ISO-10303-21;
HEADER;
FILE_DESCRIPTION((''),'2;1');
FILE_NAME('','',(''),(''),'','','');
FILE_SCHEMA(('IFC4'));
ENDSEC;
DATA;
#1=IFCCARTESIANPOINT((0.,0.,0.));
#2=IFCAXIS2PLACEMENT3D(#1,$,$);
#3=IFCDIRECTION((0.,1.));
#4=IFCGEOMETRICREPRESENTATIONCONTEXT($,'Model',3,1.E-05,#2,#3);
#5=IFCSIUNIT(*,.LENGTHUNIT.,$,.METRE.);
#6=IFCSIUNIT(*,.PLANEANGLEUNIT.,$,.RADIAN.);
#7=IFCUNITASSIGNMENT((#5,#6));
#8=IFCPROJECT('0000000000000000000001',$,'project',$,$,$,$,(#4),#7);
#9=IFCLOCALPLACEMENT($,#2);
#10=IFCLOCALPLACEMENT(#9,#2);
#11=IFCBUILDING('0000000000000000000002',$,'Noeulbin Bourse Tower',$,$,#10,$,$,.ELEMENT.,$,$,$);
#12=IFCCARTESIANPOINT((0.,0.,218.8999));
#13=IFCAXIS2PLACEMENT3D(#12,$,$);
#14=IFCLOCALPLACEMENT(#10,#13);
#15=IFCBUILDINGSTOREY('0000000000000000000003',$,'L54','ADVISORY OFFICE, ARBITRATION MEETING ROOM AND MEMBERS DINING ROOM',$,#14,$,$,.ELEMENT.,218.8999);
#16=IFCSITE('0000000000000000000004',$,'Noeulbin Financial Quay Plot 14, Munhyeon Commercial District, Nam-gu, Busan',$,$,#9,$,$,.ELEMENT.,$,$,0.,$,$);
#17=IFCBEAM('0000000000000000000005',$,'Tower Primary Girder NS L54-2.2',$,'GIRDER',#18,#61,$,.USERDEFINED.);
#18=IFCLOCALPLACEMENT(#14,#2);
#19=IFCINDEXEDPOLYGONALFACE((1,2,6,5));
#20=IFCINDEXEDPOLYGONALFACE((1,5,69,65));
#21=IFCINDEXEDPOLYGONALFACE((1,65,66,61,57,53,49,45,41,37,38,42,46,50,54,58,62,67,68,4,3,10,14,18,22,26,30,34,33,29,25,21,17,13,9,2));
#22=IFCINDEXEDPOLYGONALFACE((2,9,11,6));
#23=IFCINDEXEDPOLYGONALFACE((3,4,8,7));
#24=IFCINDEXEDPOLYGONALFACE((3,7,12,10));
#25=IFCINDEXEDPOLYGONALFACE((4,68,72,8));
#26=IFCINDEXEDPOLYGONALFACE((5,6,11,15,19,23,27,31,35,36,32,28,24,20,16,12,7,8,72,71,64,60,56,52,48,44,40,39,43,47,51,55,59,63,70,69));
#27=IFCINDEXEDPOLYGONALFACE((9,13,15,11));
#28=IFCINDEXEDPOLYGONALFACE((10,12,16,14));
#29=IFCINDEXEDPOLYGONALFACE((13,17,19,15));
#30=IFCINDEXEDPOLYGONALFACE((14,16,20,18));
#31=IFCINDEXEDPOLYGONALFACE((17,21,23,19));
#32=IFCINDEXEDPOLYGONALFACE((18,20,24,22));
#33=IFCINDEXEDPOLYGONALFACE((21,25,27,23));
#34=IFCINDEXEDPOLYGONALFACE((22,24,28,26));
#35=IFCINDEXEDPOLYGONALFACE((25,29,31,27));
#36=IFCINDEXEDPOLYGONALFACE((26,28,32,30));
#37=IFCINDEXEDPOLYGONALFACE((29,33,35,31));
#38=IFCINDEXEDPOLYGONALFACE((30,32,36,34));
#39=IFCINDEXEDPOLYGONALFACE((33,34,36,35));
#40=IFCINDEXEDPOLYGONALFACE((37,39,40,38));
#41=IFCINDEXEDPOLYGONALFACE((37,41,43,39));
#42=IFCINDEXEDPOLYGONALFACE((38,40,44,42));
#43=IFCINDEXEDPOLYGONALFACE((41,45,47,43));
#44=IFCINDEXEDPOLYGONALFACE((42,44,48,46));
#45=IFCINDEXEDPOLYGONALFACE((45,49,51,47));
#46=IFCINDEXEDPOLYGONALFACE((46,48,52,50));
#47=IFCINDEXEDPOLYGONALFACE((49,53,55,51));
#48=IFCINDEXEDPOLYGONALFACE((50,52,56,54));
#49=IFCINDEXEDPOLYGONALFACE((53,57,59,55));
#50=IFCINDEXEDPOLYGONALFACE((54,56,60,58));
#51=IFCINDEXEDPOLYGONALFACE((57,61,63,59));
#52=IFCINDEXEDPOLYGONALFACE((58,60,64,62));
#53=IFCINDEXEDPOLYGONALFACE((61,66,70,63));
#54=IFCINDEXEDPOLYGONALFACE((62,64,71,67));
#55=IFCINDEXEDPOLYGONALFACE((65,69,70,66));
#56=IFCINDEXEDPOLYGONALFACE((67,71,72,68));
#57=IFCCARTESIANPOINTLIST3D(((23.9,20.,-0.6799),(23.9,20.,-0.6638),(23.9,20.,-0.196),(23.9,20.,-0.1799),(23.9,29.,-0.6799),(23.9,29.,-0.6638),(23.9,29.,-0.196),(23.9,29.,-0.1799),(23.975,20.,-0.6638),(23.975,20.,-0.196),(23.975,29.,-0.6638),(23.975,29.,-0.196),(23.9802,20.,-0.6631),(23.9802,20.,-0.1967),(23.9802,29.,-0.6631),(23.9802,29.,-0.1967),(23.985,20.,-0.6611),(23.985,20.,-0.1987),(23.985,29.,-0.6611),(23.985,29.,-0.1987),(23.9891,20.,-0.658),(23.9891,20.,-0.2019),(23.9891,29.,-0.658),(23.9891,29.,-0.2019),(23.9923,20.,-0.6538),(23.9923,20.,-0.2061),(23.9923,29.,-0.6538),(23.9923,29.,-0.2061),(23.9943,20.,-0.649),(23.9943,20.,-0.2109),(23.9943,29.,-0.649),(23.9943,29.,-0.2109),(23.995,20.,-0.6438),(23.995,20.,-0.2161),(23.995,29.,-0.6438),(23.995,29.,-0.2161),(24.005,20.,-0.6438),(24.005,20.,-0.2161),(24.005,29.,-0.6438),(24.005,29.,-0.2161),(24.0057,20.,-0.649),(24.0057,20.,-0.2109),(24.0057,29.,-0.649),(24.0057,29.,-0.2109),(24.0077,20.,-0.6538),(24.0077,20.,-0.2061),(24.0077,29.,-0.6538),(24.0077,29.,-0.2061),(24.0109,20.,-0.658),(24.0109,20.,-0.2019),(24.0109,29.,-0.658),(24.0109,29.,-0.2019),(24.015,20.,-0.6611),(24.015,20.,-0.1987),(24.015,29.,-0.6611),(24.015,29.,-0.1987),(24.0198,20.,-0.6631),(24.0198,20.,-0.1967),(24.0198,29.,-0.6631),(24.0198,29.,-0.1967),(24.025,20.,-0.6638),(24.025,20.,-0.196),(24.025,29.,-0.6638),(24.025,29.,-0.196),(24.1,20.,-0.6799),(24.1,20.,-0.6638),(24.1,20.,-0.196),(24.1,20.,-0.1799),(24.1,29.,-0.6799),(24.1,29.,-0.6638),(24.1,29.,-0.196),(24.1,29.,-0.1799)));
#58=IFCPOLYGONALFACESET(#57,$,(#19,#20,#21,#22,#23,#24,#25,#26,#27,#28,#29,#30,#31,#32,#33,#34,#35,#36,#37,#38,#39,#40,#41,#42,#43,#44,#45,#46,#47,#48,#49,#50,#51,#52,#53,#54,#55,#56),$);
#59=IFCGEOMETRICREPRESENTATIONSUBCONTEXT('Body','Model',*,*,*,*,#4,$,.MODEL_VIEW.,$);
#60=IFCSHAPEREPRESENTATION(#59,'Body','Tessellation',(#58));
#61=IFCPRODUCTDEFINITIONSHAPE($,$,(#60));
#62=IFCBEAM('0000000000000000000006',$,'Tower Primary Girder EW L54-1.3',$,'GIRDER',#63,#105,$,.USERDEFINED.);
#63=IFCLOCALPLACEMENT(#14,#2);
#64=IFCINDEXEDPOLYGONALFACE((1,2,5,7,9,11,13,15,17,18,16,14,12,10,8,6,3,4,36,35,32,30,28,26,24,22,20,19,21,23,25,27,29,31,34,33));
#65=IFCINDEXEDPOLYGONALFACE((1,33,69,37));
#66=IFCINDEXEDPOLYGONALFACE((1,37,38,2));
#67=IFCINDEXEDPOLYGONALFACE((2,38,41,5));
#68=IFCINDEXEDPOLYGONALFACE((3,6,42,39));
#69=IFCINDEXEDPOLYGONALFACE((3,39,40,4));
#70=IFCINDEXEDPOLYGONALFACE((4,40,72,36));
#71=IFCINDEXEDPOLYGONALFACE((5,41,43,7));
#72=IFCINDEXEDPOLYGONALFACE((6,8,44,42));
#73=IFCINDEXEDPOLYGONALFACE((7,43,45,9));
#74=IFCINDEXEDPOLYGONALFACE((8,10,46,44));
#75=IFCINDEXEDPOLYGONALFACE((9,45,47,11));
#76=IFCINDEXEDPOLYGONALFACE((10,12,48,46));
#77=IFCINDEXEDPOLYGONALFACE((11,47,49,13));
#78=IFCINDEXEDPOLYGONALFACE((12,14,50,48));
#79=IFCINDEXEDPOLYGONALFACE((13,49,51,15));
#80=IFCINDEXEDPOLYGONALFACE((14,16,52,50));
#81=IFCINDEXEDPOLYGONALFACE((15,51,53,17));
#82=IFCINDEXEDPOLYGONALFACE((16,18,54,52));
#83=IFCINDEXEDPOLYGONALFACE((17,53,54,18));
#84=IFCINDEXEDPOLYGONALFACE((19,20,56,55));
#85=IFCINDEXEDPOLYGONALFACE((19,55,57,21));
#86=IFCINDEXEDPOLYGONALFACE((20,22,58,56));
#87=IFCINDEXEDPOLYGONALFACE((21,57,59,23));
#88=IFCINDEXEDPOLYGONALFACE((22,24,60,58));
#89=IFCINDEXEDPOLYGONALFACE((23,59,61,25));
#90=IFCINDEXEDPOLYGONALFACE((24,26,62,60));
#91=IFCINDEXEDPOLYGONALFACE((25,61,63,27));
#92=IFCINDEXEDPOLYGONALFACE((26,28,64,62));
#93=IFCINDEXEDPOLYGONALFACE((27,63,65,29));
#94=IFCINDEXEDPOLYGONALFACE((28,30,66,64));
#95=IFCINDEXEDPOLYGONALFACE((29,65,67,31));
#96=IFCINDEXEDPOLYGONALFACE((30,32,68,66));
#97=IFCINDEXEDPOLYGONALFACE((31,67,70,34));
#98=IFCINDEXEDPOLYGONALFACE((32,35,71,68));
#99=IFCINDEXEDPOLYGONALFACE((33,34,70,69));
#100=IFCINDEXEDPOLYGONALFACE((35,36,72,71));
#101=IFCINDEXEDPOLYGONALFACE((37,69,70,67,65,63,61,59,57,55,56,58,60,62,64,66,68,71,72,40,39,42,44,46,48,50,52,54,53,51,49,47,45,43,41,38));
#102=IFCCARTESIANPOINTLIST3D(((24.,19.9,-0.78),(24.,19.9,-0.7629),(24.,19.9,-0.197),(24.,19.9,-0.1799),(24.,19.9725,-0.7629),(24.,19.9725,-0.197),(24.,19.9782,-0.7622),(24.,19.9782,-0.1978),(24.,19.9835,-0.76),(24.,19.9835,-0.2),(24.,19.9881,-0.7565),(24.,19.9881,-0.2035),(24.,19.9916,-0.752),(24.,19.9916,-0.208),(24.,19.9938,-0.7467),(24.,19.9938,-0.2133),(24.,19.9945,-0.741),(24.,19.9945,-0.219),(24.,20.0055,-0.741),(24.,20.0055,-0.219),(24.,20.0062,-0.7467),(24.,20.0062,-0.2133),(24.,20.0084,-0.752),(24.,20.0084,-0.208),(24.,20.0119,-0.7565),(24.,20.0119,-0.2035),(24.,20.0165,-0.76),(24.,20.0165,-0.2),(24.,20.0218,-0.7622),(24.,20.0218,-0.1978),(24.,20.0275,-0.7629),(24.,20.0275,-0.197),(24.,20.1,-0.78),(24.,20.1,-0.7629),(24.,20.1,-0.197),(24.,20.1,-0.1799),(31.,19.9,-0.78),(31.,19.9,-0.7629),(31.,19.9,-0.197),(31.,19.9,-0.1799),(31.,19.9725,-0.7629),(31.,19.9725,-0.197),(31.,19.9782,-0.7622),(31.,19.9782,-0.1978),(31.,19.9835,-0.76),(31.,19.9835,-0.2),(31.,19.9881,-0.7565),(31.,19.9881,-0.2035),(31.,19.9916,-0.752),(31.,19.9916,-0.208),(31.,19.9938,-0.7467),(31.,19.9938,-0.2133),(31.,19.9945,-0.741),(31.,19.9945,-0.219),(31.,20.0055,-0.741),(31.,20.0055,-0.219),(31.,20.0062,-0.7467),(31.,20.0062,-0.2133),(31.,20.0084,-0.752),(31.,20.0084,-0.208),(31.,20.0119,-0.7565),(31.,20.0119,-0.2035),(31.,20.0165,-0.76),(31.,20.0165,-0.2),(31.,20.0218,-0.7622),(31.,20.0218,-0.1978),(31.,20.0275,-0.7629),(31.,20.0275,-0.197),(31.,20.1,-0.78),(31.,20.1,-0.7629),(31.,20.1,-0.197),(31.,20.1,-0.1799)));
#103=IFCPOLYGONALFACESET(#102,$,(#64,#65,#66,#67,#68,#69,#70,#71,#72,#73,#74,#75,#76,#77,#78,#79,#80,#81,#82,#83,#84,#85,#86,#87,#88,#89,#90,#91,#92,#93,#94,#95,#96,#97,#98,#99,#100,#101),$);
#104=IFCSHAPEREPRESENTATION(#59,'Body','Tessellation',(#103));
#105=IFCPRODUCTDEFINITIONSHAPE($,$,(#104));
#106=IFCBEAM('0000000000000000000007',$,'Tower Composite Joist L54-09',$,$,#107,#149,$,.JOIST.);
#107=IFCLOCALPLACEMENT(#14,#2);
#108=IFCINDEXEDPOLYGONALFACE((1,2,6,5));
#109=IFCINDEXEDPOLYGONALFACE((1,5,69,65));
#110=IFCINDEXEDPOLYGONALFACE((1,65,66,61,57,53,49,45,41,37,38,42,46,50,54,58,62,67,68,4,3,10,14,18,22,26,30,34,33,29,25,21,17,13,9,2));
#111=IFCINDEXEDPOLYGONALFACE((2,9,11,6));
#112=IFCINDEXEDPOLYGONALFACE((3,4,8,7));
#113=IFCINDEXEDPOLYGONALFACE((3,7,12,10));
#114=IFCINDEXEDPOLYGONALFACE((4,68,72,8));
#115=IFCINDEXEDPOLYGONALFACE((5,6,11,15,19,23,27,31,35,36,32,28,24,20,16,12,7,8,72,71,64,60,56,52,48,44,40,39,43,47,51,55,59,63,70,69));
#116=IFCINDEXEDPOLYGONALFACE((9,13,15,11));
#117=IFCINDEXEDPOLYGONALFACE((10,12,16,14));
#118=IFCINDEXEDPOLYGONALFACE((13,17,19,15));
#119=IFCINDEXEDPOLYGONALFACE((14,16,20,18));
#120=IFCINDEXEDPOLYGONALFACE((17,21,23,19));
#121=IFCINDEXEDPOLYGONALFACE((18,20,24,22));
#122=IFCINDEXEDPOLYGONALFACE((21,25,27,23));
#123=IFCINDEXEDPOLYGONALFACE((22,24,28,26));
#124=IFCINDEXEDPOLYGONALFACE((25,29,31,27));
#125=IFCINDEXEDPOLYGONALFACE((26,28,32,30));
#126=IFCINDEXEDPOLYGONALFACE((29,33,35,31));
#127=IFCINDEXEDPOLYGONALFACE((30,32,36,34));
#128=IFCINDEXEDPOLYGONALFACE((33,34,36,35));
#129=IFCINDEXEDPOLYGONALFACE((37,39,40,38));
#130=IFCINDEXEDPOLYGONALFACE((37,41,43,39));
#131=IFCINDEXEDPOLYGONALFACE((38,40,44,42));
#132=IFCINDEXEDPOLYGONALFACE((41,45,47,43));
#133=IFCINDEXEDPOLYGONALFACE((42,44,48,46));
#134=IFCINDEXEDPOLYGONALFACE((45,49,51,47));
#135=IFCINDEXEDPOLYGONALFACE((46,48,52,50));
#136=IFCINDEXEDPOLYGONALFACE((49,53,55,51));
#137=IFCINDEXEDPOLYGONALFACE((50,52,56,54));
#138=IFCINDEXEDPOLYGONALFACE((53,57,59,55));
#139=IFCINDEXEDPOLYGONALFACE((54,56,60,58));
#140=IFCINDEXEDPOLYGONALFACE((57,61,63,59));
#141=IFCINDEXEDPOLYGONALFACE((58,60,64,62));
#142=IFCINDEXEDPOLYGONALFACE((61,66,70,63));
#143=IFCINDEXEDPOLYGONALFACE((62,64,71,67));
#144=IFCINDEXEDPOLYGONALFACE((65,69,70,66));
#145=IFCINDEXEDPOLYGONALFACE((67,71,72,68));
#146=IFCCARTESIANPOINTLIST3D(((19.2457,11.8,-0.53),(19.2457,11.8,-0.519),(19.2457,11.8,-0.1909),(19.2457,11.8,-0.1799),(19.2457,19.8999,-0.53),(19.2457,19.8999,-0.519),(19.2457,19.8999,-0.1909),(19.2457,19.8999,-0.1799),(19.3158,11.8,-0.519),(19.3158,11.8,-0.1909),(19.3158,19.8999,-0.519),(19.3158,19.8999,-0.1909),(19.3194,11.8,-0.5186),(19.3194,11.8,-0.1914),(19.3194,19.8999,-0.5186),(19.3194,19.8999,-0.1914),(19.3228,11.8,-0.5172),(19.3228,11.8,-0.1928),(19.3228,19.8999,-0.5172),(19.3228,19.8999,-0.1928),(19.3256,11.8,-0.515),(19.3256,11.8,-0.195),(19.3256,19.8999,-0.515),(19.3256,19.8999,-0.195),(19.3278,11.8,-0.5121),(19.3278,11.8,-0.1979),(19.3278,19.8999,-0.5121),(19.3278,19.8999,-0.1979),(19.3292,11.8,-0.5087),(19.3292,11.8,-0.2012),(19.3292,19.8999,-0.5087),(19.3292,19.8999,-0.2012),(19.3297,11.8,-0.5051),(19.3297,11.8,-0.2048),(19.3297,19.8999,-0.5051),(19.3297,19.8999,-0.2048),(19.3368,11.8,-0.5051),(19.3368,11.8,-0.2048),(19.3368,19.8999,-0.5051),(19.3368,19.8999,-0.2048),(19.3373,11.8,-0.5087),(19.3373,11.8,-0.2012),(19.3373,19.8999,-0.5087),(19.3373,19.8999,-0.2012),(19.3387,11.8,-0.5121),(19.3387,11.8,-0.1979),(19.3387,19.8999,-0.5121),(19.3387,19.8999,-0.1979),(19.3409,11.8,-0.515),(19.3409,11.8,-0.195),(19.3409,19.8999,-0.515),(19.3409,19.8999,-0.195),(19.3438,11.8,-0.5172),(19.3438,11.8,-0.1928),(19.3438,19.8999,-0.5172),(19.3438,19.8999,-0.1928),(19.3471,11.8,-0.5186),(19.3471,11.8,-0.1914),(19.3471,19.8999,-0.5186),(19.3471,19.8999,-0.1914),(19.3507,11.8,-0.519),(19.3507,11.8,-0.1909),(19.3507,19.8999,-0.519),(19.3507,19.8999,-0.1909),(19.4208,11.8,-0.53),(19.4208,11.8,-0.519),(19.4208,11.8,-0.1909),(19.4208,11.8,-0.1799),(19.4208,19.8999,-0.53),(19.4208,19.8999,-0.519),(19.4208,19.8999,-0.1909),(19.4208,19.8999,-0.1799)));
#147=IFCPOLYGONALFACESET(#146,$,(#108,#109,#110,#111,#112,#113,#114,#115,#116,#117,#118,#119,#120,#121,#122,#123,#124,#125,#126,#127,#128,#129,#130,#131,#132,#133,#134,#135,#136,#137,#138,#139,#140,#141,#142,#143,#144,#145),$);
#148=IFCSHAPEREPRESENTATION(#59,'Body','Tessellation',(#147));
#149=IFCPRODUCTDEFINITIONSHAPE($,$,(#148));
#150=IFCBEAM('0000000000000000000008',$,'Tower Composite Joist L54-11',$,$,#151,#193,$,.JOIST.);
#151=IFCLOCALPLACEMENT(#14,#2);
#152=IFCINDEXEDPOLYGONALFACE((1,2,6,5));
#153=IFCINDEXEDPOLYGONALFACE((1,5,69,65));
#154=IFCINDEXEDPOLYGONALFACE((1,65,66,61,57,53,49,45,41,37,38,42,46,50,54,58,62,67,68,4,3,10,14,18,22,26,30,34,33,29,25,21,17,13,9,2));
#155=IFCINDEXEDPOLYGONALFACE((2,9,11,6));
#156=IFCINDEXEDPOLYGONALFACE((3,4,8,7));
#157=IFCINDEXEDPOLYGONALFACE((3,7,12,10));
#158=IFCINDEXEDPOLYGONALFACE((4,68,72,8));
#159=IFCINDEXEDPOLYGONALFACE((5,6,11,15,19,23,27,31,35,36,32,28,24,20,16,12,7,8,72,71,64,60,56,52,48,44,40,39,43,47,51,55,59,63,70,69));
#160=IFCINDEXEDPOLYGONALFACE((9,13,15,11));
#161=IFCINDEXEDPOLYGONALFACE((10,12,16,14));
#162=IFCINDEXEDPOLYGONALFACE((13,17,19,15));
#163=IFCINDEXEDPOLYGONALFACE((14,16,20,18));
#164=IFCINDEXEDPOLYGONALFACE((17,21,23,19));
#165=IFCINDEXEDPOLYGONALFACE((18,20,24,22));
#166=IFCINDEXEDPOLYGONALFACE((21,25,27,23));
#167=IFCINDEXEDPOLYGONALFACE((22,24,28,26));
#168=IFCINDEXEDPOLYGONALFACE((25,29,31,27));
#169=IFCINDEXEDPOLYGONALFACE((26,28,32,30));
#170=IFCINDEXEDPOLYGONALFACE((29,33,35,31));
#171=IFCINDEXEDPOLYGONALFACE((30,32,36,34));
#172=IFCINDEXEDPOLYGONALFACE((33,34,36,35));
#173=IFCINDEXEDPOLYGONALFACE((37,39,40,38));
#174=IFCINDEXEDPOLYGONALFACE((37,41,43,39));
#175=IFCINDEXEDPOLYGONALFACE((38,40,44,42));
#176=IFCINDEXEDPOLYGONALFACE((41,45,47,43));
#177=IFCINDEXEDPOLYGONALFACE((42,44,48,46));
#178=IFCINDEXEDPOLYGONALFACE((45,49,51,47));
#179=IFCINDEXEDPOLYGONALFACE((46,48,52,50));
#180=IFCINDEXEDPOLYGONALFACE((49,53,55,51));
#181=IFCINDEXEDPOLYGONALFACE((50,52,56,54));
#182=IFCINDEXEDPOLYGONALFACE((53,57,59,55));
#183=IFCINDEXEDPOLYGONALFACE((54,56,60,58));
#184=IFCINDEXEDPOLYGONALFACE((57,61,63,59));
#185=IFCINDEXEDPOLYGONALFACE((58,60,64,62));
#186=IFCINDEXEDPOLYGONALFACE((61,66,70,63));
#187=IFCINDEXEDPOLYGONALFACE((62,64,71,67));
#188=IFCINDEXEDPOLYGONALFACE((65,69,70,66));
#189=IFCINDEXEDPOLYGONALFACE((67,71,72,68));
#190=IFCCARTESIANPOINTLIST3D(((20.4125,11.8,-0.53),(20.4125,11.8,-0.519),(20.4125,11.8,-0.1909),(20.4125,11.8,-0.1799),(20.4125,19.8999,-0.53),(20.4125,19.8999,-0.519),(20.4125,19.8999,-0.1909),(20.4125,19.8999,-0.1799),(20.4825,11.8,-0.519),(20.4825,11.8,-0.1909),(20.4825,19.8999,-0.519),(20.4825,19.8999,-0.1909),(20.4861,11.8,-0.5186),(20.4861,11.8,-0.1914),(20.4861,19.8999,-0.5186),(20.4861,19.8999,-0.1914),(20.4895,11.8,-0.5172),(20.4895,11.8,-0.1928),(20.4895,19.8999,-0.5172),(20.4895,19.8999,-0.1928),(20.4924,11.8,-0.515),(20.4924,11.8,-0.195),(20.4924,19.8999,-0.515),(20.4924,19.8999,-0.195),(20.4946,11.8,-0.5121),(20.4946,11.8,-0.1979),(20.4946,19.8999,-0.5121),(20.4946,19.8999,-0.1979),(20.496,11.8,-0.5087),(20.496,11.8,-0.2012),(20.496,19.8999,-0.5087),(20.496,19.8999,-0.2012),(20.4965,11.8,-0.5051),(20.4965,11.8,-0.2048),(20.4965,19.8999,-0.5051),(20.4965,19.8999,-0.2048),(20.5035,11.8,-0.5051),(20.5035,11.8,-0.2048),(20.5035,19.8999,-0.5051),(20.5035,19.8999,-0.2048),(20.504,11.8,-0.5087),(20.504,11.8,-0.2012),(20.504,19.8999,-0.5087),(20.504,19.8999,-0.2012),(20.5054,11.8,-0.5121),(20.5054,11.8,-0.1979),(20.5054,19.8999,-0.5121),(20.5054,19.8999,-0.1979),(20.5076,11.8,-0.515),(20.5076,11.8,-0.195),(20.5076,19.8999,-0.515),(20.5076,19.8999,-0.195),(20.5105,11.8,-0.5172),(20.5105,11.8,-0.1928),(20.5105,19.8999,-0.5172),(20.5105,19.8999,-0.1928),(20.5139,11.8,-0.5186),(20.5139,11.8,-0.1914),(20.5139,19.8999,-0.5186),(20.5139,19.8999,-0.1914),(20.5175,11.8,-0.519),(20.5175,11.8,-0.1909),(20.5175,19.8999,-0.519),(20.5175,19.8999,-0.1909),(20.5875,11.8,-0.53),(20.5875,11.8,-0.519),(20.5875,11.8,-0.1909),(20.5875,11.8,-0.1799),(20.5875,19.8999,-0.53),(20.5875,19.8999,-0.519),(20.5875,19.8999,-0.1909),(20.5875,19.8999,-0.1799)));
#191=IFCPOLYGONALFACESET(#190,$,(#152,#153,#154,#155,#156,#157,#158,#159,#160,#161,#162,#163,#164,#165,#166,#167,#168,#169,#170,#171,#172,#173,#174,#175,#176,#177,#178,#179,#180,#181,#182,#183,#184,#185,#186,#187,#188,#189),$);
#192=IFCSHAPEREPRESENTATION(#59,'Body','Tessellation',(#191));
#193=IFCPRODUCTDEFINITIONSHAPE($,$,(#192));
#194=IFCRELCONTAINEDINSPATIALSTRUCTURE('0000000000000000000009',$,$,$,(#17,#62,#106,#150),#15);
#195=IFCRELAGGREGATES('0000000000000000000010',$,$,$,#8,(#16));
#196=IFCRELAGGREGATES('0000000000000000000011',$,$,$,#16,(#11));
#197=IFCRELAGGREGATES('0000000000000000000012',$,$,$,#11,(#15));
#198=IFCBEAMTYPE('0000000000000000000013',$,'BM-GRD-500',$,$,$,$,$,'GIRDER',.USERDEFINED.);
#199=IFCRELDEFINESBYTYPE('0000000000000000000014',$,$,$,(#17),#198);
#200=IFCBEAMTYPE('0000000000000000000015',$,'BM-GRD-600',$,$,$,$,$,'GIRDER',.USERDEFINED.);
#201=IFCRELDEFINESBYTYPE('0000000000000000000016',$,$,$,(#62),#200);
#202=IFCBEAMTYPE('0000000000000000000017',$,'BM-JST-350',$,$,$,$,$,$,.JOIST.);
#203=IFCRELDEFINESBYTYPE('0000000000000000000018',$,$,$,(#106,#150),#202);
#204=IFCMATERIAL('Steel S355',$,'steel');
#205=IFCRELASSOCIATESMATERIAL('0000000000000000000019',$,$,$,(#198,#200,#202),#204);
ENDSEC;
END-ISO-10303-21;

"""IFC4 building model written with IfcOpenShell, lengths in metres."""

from ifc_helpers import new_model, si_unit, direction, frame, origin, origin_2d, place, context, subcontext, project, spatial, i_section, extrude, material, material_profile, profile_set, type_object, element, save


model = new_model("IFC4")

# Units and contexts
model_context = context("Model", 3, precision=1e-05, world=origin(), true_north=direction((0.0, 1.0)))
body_context = subcontext(model_context, "Body", "Model", "MODEL_VIEW")
ifc_project = project(units=[si_unit("LENGTHUNIT", "METRE"), si_unit("PLANEANGLEUNIT", "RADIAN")], contexts=[model_context])

# Site, building, storey
site_placement = place(None, origin())
site = spatial("IfcSite", under=ifc_project, at=site_placement, Name="Noeulbin Financial Quay Plot 14, Munhyeon Commercial District, Nam-gu, Busan", CompositionType="ELEMENT", RefElevation=0.0)
building_placement = place(site_placement, origin())
building = spatial("IfcBuilding", under=site, at=building_placement, Name="Noeulbin Bourse Tower", CompositionType="ELEMENT")
storey_placement = place(building_placement, frame((0.0, 0.0, 218.8999)))
storey = spatial("IfcBuildingStorey", under=building, at=storey_placement, Name="L54", Description="ADVISORY OFFICE, ARBITRATION MEETING ROOM AND MEMBERS DINING ROOM", CompositionType="ELEMENT", Elevation=218.8999)

# Shared definitions
ifc_material_1 = material(Name="Steel S355", Category="steel")

# Beams
ifc_material_profile_1 = material_profile(ifc_material_1, i_section(OverallWidth=0.2, OverallDepth=0.5, WebThickness=0.01, FlangeThickness=0.0161, FilletRadius=0.02, at=origin_2d()), Name="H-500x200x10x16", Category="LoadBearing")
ifc_profile_set_1 = profile_set([ifc_material_profile_1], Name="Steel S355")
beam_type_1 = type_object("IfcBeamType", Name="BM-GRD-500", ElementType="GIRDER", PredefinedType="USERDEFINED", material=ifc_profile_set_1)
beam_1_placement = place(storey_placement, frame((24.0, 20.0, -0.4299), z_axis=(0.0, 1.0, 0.0), x_axis=(-1.0, 0.0, 0.0)))
element("IfcBeam", 1, at=beam_1_placement, inside=storey, type_object=beam_type_1, Name="Tower Primary Girder NS L54-2.2", ObjectType="GIRDER", PredefinedType="USERDEFINED", context=body_context, shape_type="SweptSolid", body=[
    extrude(i_section(OverallWidth=0.2, OverallDepth=0.5, WebThickness=0.01, FlangeThickness=0.0161, FilletRadius=0.02, at=origin_2d()), origin(), (0.0, 0.0, 1.0), 9.0),
])
ifc_material_profile_2 = material_profile(ifc_material_1, i_section(OverallWidth=0.2, OverallDepth=0.6001, WebThickness=0.011, FlangeThickness=0.0171, FilletRadius=0.022, at=origin_2d()), Name="H-600x200x11x17", Category="LoadBearing")
ifc_profile_set_2 = profile_set([ifc_material_profile_2], Name="Steel S355")
beam_type_2 = type_object("IfcBeamType", Name="BM-GRD-600", ElementType="GIRDER", PredefinedType="USERDEFINED", material=ifc_profile_set_2)
beam_2_placement = place(storey_placement, frame((24.0, 20.0, -0.48), z_axis=(1.0, 0.0, 0.0), x_axis=(0.0, 1.0, 0.0)))
element("IfcBeam", 2, at=beam_2_placement, inside=storey, type_object=beam_type_2, Name="Tower Primary Girder EW L54-1.3", ObjectType="GIRDER", PredefinedType="USERDEFINED", context=body_context, shape_type="SweptSolid", body=[
    extrude(i_section(OverallWidth=0.2, OverallDepth=0.6001, WebThickness=0.011, FlangeThickness=0.0171, FilletRadius=0.022, at=origin_2d()), origin(), (0.0, 0.0, 1.0), 7.0),
])
ifc_material_profile_3 = material_profile(ifc_material_1, i_section(OverallWidth=0.175, OverallDepth=0.3501, WebThickness=0.0071, FlangeThickness=0.011, FilletRadius=0.0139, at=origin_2d()), Name="H-350x175x7x11", Category="LoadBearing")
ifc_profile_set_3 = profile_set([ifc_material_profile_3], Name="Steel S355")
beam_type_3 = type_object("IfcBeamType", Name="BM-JST-350", PredefinedType="JOIST", material=ifc_profile_set_3)
for number, where, z_axis, x_axis, name in (
    (3, (19.3333, 11.8, -0.355), (0.0, 1.0, 0.0), (-1.0, 0.0, 0.0), "Tower Composite Joist L54-09"),
    (4, (20.5, 11.8, -0.355), (0.0, 1.0, 0.0), (-1.0, 0.0, 0.0), "Tower Composite Joist L54-11"),
):
    element("IfcBeam", number, at=place(storey_placement, frame(where, z_axis=z_axis, x_axis=x_axis)), inside=storey, type_object=beam_type_3, Name=name, PredefinedType="JOIST", context=body_context, shape_type="SweptSolid", body=[
        extrude(i_section(OverallWidth=0.175, OverallDepth=0.3501, WebThickness=0.0071, FlangeThickness=0.011, FilletRadius=0.0139, at=origin_2d()), origin(), (0.0, 0.0, 1.0), 8.0999),
    ])

save(model, "model.ifc")
